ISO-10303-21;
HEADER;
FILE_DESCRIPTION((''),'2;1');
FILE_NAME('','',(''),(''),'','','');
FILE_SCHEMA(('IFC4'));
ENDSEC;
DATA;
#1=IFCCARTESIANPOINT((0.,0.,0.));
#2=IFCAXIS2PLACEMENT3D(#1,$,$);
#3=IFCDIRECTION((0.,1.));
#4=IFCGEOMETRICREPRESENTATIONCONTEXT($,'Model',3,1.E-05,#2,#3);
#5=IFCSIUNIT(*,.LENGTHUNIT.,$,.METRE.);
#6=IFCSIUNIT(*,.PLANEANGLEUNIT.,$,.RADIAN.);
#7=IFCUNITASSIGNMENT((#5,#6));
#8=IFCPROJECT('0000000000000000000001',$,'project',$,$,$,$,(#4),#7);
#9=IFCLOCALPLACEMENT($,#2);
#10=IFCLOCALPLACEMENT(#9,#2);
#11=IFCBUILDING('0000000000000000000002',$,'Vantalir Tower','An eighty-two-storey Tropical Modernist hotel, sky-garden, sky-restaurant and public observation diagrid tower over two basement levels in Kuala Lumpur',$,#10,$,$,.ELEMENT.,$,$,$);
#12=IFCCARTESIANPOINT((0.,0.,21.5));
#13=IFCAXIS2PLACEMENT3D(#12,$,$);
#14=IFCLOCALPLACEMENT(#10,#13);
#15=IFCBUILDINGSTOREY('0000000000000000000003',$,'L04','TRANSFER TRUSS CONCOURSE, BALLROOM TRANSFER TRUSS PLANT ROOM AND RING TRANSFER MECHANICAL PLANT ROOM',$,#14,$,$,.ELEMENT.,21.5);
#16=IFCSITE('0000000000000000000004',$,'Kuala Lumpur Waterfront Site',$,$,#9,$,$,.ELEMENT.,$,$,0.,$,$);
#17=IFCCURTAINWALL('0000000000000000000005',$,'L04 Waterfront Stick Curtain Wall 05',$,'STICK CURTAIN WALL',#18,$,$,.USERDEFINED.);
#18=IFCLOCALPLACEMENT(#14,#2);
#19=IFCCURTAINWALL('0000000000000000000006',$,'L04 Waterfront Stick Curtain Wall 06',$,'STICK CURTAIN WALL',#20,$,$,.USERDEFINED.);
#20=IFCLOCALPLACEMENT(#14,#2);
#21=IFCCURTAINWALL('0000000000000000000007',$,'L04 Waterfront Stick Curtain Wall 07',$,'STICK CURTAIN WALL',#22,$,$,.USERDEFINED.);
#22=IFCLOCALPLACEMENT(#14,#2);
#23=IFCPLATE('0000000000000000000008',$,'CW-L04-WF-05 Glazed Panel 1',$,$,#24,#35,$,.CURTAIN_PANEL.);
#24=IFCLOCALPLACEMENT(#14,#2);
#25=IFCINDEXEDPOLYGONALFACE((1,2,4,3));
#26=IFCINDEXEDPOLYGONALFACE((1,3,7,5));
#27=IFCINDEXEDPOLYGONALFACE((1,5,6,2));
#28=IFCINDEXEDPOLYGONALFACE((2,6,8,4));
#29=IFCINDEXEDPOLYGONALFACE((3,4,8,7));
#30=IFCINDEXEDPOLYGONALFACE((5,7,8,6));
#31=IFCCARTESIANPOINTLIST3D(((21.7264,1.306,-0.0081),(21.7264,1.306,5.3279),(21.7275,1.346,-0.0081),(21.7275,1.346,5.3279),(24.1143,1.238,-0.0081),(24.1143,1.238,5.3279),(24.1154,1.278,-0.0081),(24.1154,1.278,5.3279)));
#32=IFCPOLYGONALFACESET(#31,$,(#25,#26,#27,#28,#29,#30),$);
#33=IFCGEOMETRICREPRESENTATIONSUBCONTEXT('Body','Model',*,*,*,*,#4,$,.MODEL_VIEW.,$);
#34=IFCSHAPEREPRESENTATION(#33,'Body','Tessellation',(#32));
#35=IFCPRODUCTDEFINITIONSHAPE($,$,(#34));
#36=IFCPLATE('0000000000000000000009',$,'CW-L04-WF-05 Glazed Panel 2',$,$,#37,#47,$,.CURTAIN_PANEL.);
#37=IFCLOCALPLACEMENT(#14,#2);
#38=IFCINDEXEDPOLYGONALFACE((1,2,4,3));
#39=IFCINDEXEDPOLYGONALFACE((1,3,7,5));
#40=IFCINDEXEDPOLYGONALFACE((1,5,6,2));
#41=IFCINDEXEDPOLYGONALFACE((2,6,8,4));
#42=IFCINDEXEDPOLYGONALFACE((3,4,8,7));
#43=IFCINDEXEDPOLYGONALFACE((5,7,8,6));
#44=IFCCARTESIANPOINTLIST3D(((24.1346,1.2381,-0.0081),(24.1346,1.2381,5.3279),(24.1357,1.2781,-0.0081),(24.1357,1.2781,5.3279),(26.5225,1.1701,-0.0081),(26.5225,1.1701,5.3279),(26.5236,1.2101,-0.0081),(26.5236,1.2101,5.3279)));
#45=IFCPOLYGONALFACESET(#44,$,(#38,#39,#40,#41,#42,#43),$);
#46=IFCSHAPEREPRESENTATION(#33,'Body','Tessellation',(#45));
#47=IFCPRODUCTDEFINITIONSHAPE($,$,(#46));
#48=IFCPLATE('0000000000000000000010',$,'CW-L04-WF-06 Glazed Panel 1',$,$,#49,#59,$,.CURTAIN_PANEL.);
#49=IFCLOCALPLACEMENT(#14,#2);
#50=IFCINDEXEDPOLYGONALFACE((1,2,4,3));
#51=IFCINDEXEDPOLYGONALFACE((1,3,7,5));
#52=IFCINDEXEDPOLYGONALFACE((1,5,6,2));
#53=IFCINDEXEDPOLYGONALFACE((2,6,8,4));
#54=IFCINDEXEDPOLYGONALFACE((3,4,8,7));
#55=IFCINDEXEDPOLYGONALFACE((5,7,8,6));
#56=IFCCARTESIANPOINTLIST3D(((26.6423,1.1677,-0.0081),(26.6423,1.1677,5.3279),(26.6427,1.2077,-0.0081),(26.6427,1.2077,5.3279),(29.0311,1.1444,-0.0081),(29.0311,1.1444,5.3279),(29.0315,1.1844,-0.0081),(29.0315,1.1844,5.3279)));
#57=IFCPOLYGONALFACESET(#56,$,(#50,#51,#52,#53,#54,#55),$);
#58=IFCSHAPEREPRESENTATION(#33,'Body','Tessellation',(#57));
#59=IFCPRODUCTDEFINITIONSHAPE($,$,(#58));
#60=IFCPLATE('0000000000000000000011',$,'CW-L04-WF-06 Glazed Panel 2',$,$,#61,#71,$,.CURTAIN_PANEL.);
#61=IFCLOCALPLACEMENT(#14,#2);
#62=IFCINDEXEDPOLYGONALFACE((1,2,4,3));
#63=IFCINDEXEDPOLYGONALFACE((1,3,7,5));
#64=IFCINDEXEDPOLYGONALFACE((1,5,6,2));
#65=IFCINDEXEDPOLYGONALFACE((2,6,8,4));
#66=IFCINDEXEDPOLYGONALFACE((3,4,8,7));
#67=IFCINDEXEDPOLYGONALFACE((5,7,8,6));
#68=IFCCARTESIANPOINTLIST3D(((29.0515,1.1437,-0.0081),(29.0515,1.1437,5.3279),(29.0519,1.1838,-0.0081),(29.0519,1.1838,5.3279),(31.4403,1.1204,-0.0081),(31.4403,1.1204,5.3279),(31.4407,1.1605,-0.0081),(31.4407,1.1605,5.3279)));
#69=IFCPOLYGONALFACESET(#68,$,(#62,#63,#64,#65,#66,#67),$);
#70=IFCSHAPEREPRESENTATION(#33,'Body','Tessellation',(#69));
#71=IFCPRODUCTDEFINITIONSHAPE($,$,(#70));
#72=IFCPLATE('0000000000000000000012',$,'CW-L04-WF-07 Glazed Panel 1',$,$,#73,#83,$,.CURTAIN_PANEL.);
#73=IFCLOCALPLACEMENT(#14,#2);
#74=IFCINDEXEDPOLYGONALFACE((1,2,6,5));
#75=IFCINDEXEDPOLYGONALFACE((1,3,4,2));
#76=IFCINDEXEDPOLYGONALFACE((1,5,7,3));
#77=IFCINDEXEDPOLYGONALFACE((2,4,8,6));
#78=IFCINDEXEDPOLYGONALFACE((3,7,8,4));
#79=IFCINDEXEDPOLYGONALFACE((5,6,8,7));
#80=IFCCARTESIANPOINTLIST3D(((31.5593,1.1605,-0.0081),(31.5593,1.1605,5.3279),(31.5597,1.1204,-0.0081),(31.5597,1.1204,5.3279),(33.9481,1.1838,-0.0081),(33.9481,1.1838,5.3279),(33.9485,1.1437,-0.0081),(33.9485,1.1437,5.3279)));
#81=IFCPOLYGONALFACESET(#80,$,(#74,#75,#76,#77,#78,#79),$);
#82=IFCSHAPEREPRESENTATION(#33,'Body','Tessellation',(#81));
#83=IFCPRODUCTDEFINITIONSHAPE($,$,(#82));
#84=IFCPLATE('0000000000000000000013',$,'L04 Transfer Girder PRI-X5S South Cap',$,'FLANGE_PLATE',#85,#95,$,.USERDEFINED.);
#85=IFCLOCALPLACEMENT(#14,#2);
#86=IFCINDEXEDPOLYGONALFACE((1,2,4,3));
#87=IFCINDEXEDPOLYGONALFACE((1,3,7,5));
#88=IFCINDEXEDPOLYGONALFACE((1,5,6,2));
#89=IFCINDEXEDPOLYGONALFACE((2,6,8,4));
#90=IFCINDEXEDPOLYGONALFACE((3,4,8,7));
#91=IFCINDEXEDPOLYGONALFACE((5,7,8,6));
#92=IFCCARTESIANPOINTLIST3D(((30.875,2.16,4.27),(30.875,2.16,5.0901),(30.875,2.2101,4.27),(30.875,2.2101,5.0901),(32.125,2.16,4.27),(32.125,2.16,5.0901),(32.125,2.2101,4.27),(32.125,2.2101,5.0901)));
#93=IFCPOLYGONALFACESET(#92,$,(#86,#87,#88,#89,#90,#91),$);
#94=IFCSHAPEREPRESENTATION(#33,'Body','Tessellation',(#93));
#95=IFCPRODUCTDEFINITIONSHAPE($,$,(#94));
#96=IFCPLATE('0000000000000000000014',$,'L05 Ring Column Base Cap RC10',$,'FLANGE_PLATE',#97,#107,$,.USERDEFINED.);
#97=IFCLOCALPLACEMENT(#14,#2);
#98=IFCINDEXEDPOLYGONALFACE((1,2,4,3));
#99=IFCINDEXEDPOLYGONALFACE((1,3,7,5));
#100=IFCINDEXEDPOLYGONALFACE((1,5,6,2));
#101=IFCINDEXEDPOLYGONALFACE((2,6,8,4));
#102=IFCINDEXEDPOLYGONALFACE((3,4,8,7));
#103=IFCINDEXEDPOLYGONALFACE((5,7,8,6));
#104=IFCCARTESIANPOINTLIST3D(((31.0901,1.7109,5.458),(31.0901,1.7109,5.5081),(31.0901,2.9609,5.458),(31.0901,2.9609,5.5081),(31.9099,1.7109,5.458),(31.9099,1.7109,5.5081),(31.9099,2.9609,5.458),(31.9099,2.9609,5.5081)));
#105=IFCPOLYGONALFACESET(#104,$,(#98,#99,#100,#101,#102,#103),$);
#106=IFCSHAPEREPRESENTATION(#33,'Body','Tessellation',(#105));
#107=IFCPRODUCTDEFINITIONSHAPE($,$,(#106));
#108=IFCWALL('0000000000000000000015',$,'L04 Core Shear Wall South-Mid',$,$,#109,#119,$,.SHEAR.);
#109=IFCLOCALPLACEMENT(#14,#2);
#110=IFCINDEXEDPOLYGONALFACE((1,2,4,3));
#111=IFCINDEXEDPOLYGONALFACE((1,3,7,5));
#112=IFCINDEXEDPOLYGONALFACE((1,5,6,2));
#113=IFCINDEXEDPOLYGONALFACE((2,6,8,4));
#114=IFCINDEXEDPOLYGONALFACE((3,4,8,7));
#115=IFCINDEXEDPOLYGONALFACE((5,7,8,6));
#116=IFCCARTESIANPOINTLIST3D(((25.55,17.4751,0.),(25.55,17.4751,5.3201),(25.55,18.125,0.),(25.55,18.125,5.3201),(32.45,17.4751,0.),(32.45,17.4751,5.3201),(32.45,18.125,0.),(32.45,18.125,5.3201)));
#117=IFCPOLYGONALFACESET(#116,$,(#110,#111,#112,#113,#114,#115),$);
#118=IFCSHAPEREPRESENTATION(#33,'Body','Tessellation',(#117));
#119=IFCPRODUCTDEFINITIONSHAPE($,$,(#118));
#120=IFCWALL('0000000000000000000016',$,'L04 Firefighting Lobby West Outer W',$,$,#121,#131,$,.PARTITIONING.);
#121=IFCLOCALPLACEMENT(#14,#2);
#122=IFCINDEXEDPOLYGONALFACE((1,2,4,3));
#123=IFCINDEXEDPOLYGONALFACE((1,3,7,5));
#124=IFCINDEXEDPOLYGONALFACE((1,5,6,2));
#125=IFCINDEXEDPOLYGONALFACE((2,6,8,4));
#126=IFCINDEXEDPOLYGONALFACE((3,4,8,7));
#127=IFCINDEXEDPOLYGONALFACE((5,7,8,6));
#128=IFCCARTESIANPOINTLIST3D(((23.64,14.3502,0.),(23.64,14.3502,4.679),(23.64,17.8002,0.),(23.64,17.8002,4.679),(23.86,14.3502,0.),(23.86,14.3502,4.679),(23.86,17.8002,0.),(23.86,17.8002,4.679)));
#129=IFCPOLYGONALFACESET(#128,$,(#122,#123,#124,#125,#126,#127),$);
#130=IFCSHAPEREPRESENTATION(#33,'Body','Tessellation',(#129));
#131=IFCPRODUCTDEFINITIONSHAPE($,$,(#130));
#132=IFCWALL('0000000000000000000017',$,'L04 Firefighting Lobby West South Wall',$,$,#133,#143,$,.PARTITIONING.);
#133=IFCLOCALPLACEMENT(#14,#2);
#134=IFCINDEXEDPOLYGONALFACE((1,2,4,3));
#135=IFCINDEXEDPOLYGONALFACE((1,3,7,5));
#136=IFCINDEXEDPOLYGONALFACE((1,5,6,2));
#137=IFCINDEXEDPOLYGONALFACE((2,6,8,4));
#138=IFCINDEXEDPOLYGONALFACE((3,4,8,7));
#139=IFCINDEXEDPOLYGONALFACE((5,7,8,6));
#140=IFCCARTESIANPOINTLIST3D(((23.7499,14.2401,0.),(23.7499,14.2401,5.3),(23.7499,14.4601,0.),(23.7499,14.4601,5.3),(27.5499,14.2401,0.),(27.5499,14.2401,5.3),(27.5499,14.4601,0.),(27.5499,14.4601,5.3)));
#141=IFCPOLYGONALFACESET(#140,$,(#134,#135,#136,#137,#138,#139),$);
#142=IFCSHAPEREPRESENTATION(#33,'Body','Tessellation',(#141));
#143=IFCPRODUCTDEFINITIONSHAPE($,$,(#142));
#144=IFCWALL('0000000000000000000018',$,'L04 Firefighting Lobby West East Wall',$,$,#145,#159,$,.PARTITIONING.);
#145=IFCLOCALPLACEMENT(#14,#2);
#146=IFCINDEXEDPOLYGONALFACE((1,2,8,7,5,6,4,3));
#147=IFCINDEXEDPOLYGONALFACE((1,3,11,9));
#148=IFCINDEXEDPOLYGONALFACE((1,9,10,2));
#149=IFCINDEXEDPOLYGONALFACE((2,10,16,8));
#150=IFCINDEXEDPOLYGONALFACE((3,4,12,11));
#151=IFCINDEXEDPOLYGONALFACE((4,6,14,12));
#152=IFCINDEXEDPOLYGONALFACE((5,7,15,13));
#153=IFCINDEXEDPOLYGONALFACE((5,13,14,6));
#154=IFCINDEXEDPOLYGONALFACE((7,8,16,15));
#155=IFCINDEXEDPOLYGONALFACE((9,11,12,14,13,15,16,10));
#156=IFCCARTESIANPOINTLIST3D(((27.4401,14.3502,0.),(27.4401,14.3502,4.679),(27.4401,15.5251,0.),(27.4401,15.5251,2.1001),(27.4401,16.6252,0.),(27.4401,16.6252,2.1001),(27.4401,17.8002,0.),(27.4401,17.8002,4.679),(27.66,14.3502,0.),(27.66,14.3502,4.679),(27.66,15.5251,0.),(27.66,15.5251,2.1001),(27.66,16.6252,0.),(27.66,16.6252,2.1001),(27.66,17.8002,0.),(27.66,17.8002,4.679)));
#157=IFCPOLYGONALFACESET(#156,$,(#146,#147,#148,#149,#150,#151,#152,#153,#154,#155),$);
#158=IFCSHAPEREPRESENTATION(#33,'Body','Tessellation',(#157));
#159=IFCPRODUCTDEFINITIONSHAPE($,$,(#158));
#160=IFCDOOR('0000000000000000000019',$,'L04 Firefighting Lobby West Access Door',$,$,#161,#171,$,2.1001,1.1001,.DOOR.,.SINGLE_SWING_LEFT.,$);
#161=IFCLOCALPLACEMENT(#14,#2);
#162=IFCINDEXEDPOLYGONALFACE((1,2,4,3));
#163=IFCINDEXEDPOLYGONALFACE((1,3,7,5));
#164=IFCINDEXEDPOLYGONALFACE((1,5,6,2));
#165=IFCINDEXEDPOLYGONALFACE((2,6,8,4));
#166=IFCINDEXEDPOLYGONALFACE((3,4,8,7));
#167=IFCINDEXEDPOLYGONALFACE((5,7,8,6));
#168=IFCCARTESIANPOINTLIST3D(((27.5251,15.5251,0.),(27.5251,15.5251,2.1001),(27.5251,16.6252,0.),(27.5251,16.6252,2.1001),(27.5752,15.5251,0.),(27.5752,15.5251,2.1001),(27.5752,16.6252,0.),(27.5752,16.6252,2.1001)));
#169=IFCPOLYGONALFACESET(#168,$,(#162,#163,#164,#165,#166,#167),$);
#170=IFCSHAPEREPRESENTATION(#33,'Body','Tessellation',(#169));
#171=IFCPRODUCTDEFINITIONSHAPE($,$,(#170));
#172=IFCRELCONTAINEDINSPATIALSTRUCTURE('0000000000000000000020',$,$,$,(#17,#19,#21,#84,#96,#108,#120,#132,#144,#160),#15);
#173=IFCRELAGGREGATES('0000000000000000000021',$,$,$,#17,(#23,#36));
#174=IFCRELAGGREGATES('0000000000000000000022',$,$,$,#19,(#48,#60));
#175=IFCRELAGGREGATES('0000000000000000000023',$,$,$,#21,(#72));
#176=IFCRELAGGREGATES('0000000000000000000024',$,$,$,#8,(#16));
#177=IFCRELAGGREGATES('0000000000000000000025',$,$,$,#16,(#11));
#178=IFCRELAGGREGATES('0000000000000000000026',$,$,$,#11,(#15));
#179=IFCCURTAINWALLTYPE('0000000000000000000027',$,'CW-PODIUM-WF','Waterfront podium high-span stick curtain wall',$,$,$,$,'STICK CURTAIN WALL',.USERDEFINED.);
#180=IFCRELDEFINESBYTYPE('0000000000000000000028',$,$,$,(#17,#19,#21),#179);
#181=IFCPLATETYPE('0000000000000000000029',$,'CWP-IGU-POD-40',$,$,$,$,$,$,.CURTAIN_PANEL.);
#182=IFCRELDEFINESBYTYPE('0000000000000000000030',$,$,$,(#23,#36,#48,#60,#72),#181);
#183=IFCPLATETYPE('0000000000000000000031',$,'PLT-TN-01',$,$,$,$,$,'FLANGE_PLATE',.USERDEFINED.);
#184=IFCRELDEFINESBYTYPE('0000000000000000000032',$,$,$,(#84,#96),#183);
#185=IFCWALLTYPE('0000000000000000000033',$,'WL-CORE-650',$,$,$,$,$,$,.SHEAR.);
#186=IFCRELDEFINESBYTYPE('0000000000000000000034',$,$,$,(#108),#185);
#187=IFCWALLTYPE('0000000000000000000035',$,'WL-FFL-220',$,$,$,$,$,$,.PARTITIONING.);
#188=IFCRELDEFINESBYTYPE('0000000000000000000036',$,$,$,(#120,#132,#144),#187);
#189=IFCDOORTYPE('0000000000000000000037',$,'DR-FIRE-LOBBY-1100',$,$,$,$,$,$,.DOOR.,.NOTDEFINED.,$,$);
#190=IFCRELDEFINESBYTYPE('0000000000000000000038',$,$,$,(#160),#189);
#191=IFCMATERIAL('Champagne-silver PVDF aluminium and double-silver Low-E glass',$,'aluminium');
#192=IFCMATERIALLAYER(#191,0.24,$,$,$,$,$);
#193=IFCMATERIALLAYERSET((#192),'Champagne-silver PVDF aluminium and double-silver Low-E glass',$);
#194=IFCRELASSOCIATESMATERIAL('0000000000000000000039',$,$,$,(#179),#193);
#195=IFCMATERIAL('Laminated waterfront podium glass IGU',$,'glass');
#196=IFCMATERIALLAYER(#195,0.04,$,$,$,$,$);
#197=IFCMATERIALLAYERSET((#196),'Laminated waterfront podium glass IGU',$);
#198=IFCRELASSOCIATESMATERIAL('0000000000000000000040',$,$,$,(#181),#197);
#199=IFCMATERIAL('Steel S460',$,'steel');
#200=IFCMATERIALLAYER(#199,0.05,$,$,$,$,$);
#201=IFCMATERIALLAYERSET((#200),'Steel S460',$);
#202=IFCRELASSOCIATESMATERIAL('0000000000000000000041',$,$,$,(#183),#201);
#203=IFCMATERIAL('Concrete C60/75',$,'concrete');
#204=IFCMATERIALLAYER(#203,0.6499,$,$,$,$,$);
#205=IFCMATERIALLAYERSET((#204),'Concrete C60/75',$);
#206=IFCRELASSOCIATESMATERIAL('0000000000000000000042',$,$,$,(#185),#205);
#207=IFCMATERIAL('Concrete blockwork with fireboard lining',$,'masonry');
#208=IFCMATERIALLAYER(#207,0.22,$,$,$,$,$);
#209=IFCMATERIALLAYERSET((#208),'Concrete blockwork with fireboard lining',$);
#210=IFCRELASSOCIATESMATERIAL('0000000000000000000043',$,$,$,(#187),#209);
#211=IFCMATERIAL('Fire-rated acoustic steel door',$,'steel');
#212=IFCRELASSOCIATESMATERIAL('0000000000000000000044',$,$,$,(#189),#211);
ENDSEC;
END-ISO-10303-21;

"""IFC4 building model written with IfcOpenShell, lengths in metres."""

from ifc_helpers import new_model, si_unit, direction, frame, frame_2d, origin, origin_2d, place, context, subcontext, project, spatial, polyline, rectangle, outline, extrude, material, layer, layer_set, type_object, element, fill, aggregate, save


model = new_model("IFC4")

# Units and contexts
model_context = context("Model", 3, precision=1e-05, world=origin(), true_north=direction((0.0, 1.0)))
body_context = subcontext(model_context, "Body", "Model", "MODEL_VIEW")
ifc_project = project(units=[si_unit("LENGTHUNIT", "METRE"), si_unit("PLANEANGLEUNIT", "RADIAN")], contexts=[model_context])

# Site, building, storey
site_placement = place(None, origin())
site = spatial("IfcSite", under=ifc_project, at=site_placement, Name="Kuala Lumpur Waterfront Site", CompositionType="ELEMENT", RefElevation=0.0)
building_placement = place(site_placement, origin())
building = spatial("IfcBuilding", under=site, at=building_placement, Name="Vantalir Tower", Description="An eighty-two-storey Tropical Modernist hotel, sky-garden, sky-restaurant and public observation diagrid tower over two basement levels in Kuala Lumpur", CompositionType="ELEMENT")
storey_placement = place(building_placement, frame((0.0, 0.0, 21.5)))
storey = spatial("IfcBuildingStorey", under=building, at=storey_placement, Name="L04", Description="TRANSFER TRUSS CONCOURSE, BALLROOM TRANSFER TRUSS PLANT ROOM AND RING TRANSFER MECHANICAL PLANT ROOM", CompositionType="ELEMENT", Elevation=21.5)

# Shared definitions
ifc_material_1 = material(Name="Concrete C60/75", Category="concrete")
ifc_material_2 = material(Name="Steel S460", Category="steel")

# Curtain walls
ifc_material_3 = material(Name="Champagne-silver PVDF aluminium and double-silver Low-E glass", Category="aluminium")
ifc_layer_1 = layer(ifc_material_3, 0.24)
ifc_layer_set_1 = layer_set([ifc_layer_1], Name="Champagne-silver PVDF aluminium and double-silver Low-E glass")
curtain_wall_type = type_object("IfcCurtainWallType", Name="CW-PODIUM-WF", Description="Waterfront podium high-span stick curtain wall", ElementType="STICK CURTAIN WALL", PredefinedType="USERDEFINED", material=ifc_layer_set_1)
curtain_wall_1_placement = place(storey_placement, origin())
curtain_wall_1 = element("IfcCurtainWall", 1, at=curtain_wall_1_placement, inside=storey, type_object=curtain_wall_type, Name="L04 Waterfront Stick Curtain Wall 05", ObjectType="STICK CURTAIN WALL", PredefinedType="USERDEFINED")
curtain_wall_2_placement = place(storey_placement, origin())
curtain_wall_2 = element("IfcCurtainWall", 2, at=curtain_wall_2_placement, inside=storey, type_object=curtain_wall_type, Name="L04 Waterfront Stick Curtain Wall 06", ObjectType="STICK CURTAIN WALL", PredefinedType="USERDEFINED")
curtain_wall_3_placement = place(storey_placement, origin())
curtain_wall_3 = element("IfcCurtainWall", 3, at=curtain_wall_3_placement, inside=storey, type_object=curtain_wall_type, Name="L04 Waterfront Stick Curtain Wall 07", ObjectType="STICK CURTAIN WALL", PredefinedType="USERDEFINED")

# Plates
ifc_material_4 = material(Name="Laminated waterfront podium glass IGU", Category="glass")
ifc_layer_2 = layer(ifc_material_4, 0.04)
ifc_layer_set_2 = layer_set([ifc_layer_2], Name="Laminated waterfront podium glass IGU")
plate_type_1 = type_object("IfcPlateType", Name="CWP-IGU-POD-40", PredefinedType="CURTAIN_PANEL", material=ifc_layer_set_2)
plate_1_placement = place(storey_placement, frame((22.9209, 1.292, -0.0081), z_axis=(0.0, 0.0, 1.0), x_axis=(0.999595, -0.028462, 0.0)))
plate_1 = element("IfcPlate", 4, at=plate_1_placement, type_object=plate_type_1, Name="CW-L04-WF-05 Glazed Panel 1", PredefinedType="CURTAIN_PANEL", context=body_context, shape_type="SweptSolid", body=[
    extrude(rectangle(XDim=2.3889, YDim=0.04, at=origin_2d()), origin(), (0.0, 0.0, 1.0), 5.3359),
])
plate_2_placement = place(storey_placement, frame((25.3291, 1.2241, -0.0081), z_axis=(0.0, 0.0, 1.0), x_axis=(0.999595, -0.028462, 0.0)))
plate_2 = element("IfcPlate", 5, at=plate_2_placement, type_object=plate_type_1, Name="CW-L04-WF-05 Glazed Panel 2", PredefinedType="CURTAIN_PANEL", context=body_context, shape_type="SweptSolid", body=[
    extrude(rectangle(XDim=2.3889, YDim=0.04, at=origin_2d()), origin(), (0.0, 0.0, 1.0), 5.3359),
])
aggregate(curtain_wall_1, [plate_1, plate_2])
plate_3_placement = place(storey_placement, frame((27.8369, 1.176, -0.0081), z_axis=(0.0, 0.0, 1.0), x_axis=(0.999952, -0.009756, 0.0)))
plate_3 = element("IfcPlate", 6, at=plate_3_placement, type_object=plate_type_1, Name="CW-L04-WF-06 Glazed Panel 1", PredefinedType="CURTAIN_PANEL", context=body_context, shape_type="SweptSolid", body=[
    extrude(rectangle(XDim=2.3889, YDim=0.04, at=origin_2d()), origin(), (0.0, 0.0, 1.0), 5.3359),
])
plate_4_placement = place(storey_placement, frame((30.2461, 1.1521, -0.0081), z_axis=(0.0, 0.0, 1.0), x_axis=(0.999952, -0.009756, 0.0)))
plate_4 = element("IfcPlate", 7, at=plate_4_placement, type_object=plate_type_1, Name="CW-L04-WF-06 Glazed Panel 2", PredefinedType="CURTAIN_PANEL", context=body_context, shape_type="SweptSolid", body=[
    extrude(rectangle(XDim=2.3889, YDim=0.04, at=origin_2d()), origin(), (0.0, 0.0, 1.0), 5.3359),
])
aggregate(curtain_wall_2, [plate_3, plate_4])
plate_5_placement = place(storey_placement, frame((32.7539, 1.1521, -0.0081), z_axis=(0.0, 0.0, 1.0), x_axis=(0.999952, 0.009756, 0.0)))
plate_5 = element("IfcPlate", 8, at=plate_5_placement, type_object=plate_type_1, Name="CW-L04-WF-07 Glazed Panel 1", PredefinedType="CURTAIN_PANEL", context=body_context, shape_type="SweptSolid", body=[
    extrude(rectangle(XDim=2.3889, YDim=0.04, at=origin_2d()), origin(), (0.0, 0.0, 1.0), 5.3359),
])
aggregate(curtain_wall_3, [plate_5])

# Plates
ifc_layer_3 = layer(ifc_material_2, 0.05)
ifc_layer_set_3 = layer_set([ifc_layer_3], Name="Steel S460")
plate_type_2 = type_object("IfcPlateType", Name="PLT-TN-01", ElementType="FLANGE_PLATE", PredefinedType="USERDEFINED", material=ifc_layer_set_3)
plate_6_placement = place(storey_placement, frame((31.5, 2.1851, 4.27), z_axis=(0.0, 0.0, 1.0), x_axis=(0.0, 1.0, 0.0)))
element("IfcPlate", 9, at=plate_6_placement, inside=storey, type_object=plate_type_2, Name="L04 Transfer Girder PRI-X5S South Cap", ObjectType="FLANGE_PLATE", PredefinedType="USERDEFINED", context=body_context, shape_type="SweptSolid", body=[
    extrude(rectangle(XDim=0.05, YDim=1.25, at=origin_2d()), origin(), (0.0, 0.0, 1.0), 0.8201),
])
plate_7_placement = place(storey_placement, frame((31.0901, 2.9609, 5.5081), z_axis=(0.0, 0.0, 1.0), x_axis=(0.0, -1.0, 0.0)))
element("IfcPlate", 10, at=plate_7_placement, inside=storey, type_object=plate_type_2, Name="L05 Ring Column Base Cap RC10", ObjectType="FLANGE_PLATE", PredefinedType="USERDEFINED", context=body_context, shape_type="SweptSolid", body=[
    extrude(outline(polyline([(0.0, 0.0), (1.25, 0.0), (1.25, 0.8198), (0.0, 0.8198), (0.0, 0.0)])), origin(), (0.0, 0.0, -1.0), 0.05),
])

# Walls
ifc_layer_4 = layer(ifc_material_1, 0.6499)
ifc_layer_set_4 = layer_set([ifc_layer_4], Name="Concrete C60/75")
wall_type_1 = type_object("IfcWallType", Name="WL-CORE-650", PredefinedType="SHEAR", material=ifc_layer_set_4)
wall_1_placement = place(storey_placement, frame((25.55, 17.8, 0.0), z_axis=(0.0, 0.0, 1.0), x_axis=(1.0, 0.0, 0.0)))
element("IfcWall", 11, at=wall_1_placement, inside=storey, type_object=wall_type_1, Name="L04 Core Shear Wall South-Mid", PredefinedType="SHEAR", context=body_context, shape_type="SweptSolid", body=[
    extrude(rectangle(XDim=6.8999, YDim=0.6499, at=frame_2d((3.45, 0.0))), origin(), (0.0, 0.0, 1.0), 5.3201),
])
ifc_material_5 = material(Name="Concrete blockwork with fireboard lining", Category="masonry")
ifc_layer_5 = layer(ifc_material_5, 0.22)
ifc_layer_set_5 = layer_set([ifc_layer_5], Name="Concrete blockwork with fireboard lining")
wall_type_2 = type_object("IfcWallType", Name="WL-FFL-220", PredefinedType="PARTITIONING", material=ifc_layer_set_5)
wall_2_placement = place(storey_placement, frame((23.75, 14.3501, 0.0), z_axis=(0.0, 0.0, 1.0), x_axis=(0.0, 1.0, 0.0)))
element("IfcWall", 12, at=wall_2_placement, inside=storey, type_object=wall_type_2, Name="L04 Firefighting Lobby West Outer W", PredefinedType="PARTITIONING", context=body_context, shape_type="SweptSolid", body=[
    extrude(rectangle(XDim=3.45, YDim=0.22, at=frame_2d((1.7251, 0.0))), origin(), (0.0, 0.0, 1.0), 4.679),
])
wall_3_placement = place(storey_placement, frame((23.75, 14.3501, 0.0), z_axis=(0.0, 0.0, 1.0), x_axis=(1.0, 0.0, 0.0)))
element("IfcWall", 13, at=wall_3_placement, inside=storey, type_object=wall_type_2, Name="L04 Firefighting Lobby West South Wall", PredefinedType="PARTITIONING", context=body_context, shape_type="SweptSolid", body=[
    extrude(rectangle(XDim=3.8, YDim=0.22, at=frame_2d((1.8999, 0.0))), origin(), (0.0, 0.0, 1.0), 5.3),
])

# Wall, opening, door
wall_4_placement = place(storey_placement, frame((27.55, 14.3501, 0.0), z_axis=(0.0, 0.0, 1.0), x_axis=(0.0, 1.0, 0.0)))
wall_4 = element("IfcWall", 14, at=wall_4_placement, inside=storey, type_object=wall_type_2, Name="L04 Firefighting Lobby West East Wall", PredefinedType="PARTITIONING", context=body_context, shape_type="SweptSolid", body=[
    extrude(rectangle(XDim=3.45, YDim=0.22, at=frame_2d((1.7251, 0.0))), origin(), (0.0, 0.0, 1.0), 4.679),
])
opening_placement = place(wall_4_placement, frame((1.175, 0.0, 0.0)))
opening = element("IfcOpeningElement", 15, at=opening_placement, cuts=wall_4, PredefinedType="OPENING", context=body_context, shape_type="SweptSolid", body=[
    extrude(rectangle(XDim=1.1001, YDim=2.1001, at=frame_2d((0.55, 1.05))), frame((0.0, 0.1199, 0.0), z_axis=(0.0, -1.0, 0.0), x_axis=(1.0, 0.0, 0.0)), (0.0, 0.0, 1.0), 0.24),
])
ifc_material_6 = material(Name="Fire-rated acoustic steel door", Category="steel")
door_type = type_object("IfcDoorType", Name="DR-FIRE-LOBBY-1100", OperationType="NOTDEFINED", PredefinedType="DOOR", material=ifc_material_6)
door_placement = place(opening_placement, origin())
door = element("IfcDoor", 16, at=door_placement, inside=storey, type_object=door_type, Name="L04 Firefighting Lobby West Access Door", OperationType="SINGLE_SWING_LEFT", OverallHeight=2.1001, OverallWidth=1.1001, PredefinedType="DOOR", context=body_context, shape_type="SweptSolid", body=[
    extrude(rectangle(XDim=1.1001, YDim=2.1001, at=frame_2d((0.55, 1.05))), frame((0.0, 0.0249, 0.0), z_axis=(0.0, -1.0, 0.0), x_axis=(1.0, 0.0, 0.0)), (0.0, 0.0, 1.0), 0.05),
])
fill(opening, door)

save(model, "model.ifc")
